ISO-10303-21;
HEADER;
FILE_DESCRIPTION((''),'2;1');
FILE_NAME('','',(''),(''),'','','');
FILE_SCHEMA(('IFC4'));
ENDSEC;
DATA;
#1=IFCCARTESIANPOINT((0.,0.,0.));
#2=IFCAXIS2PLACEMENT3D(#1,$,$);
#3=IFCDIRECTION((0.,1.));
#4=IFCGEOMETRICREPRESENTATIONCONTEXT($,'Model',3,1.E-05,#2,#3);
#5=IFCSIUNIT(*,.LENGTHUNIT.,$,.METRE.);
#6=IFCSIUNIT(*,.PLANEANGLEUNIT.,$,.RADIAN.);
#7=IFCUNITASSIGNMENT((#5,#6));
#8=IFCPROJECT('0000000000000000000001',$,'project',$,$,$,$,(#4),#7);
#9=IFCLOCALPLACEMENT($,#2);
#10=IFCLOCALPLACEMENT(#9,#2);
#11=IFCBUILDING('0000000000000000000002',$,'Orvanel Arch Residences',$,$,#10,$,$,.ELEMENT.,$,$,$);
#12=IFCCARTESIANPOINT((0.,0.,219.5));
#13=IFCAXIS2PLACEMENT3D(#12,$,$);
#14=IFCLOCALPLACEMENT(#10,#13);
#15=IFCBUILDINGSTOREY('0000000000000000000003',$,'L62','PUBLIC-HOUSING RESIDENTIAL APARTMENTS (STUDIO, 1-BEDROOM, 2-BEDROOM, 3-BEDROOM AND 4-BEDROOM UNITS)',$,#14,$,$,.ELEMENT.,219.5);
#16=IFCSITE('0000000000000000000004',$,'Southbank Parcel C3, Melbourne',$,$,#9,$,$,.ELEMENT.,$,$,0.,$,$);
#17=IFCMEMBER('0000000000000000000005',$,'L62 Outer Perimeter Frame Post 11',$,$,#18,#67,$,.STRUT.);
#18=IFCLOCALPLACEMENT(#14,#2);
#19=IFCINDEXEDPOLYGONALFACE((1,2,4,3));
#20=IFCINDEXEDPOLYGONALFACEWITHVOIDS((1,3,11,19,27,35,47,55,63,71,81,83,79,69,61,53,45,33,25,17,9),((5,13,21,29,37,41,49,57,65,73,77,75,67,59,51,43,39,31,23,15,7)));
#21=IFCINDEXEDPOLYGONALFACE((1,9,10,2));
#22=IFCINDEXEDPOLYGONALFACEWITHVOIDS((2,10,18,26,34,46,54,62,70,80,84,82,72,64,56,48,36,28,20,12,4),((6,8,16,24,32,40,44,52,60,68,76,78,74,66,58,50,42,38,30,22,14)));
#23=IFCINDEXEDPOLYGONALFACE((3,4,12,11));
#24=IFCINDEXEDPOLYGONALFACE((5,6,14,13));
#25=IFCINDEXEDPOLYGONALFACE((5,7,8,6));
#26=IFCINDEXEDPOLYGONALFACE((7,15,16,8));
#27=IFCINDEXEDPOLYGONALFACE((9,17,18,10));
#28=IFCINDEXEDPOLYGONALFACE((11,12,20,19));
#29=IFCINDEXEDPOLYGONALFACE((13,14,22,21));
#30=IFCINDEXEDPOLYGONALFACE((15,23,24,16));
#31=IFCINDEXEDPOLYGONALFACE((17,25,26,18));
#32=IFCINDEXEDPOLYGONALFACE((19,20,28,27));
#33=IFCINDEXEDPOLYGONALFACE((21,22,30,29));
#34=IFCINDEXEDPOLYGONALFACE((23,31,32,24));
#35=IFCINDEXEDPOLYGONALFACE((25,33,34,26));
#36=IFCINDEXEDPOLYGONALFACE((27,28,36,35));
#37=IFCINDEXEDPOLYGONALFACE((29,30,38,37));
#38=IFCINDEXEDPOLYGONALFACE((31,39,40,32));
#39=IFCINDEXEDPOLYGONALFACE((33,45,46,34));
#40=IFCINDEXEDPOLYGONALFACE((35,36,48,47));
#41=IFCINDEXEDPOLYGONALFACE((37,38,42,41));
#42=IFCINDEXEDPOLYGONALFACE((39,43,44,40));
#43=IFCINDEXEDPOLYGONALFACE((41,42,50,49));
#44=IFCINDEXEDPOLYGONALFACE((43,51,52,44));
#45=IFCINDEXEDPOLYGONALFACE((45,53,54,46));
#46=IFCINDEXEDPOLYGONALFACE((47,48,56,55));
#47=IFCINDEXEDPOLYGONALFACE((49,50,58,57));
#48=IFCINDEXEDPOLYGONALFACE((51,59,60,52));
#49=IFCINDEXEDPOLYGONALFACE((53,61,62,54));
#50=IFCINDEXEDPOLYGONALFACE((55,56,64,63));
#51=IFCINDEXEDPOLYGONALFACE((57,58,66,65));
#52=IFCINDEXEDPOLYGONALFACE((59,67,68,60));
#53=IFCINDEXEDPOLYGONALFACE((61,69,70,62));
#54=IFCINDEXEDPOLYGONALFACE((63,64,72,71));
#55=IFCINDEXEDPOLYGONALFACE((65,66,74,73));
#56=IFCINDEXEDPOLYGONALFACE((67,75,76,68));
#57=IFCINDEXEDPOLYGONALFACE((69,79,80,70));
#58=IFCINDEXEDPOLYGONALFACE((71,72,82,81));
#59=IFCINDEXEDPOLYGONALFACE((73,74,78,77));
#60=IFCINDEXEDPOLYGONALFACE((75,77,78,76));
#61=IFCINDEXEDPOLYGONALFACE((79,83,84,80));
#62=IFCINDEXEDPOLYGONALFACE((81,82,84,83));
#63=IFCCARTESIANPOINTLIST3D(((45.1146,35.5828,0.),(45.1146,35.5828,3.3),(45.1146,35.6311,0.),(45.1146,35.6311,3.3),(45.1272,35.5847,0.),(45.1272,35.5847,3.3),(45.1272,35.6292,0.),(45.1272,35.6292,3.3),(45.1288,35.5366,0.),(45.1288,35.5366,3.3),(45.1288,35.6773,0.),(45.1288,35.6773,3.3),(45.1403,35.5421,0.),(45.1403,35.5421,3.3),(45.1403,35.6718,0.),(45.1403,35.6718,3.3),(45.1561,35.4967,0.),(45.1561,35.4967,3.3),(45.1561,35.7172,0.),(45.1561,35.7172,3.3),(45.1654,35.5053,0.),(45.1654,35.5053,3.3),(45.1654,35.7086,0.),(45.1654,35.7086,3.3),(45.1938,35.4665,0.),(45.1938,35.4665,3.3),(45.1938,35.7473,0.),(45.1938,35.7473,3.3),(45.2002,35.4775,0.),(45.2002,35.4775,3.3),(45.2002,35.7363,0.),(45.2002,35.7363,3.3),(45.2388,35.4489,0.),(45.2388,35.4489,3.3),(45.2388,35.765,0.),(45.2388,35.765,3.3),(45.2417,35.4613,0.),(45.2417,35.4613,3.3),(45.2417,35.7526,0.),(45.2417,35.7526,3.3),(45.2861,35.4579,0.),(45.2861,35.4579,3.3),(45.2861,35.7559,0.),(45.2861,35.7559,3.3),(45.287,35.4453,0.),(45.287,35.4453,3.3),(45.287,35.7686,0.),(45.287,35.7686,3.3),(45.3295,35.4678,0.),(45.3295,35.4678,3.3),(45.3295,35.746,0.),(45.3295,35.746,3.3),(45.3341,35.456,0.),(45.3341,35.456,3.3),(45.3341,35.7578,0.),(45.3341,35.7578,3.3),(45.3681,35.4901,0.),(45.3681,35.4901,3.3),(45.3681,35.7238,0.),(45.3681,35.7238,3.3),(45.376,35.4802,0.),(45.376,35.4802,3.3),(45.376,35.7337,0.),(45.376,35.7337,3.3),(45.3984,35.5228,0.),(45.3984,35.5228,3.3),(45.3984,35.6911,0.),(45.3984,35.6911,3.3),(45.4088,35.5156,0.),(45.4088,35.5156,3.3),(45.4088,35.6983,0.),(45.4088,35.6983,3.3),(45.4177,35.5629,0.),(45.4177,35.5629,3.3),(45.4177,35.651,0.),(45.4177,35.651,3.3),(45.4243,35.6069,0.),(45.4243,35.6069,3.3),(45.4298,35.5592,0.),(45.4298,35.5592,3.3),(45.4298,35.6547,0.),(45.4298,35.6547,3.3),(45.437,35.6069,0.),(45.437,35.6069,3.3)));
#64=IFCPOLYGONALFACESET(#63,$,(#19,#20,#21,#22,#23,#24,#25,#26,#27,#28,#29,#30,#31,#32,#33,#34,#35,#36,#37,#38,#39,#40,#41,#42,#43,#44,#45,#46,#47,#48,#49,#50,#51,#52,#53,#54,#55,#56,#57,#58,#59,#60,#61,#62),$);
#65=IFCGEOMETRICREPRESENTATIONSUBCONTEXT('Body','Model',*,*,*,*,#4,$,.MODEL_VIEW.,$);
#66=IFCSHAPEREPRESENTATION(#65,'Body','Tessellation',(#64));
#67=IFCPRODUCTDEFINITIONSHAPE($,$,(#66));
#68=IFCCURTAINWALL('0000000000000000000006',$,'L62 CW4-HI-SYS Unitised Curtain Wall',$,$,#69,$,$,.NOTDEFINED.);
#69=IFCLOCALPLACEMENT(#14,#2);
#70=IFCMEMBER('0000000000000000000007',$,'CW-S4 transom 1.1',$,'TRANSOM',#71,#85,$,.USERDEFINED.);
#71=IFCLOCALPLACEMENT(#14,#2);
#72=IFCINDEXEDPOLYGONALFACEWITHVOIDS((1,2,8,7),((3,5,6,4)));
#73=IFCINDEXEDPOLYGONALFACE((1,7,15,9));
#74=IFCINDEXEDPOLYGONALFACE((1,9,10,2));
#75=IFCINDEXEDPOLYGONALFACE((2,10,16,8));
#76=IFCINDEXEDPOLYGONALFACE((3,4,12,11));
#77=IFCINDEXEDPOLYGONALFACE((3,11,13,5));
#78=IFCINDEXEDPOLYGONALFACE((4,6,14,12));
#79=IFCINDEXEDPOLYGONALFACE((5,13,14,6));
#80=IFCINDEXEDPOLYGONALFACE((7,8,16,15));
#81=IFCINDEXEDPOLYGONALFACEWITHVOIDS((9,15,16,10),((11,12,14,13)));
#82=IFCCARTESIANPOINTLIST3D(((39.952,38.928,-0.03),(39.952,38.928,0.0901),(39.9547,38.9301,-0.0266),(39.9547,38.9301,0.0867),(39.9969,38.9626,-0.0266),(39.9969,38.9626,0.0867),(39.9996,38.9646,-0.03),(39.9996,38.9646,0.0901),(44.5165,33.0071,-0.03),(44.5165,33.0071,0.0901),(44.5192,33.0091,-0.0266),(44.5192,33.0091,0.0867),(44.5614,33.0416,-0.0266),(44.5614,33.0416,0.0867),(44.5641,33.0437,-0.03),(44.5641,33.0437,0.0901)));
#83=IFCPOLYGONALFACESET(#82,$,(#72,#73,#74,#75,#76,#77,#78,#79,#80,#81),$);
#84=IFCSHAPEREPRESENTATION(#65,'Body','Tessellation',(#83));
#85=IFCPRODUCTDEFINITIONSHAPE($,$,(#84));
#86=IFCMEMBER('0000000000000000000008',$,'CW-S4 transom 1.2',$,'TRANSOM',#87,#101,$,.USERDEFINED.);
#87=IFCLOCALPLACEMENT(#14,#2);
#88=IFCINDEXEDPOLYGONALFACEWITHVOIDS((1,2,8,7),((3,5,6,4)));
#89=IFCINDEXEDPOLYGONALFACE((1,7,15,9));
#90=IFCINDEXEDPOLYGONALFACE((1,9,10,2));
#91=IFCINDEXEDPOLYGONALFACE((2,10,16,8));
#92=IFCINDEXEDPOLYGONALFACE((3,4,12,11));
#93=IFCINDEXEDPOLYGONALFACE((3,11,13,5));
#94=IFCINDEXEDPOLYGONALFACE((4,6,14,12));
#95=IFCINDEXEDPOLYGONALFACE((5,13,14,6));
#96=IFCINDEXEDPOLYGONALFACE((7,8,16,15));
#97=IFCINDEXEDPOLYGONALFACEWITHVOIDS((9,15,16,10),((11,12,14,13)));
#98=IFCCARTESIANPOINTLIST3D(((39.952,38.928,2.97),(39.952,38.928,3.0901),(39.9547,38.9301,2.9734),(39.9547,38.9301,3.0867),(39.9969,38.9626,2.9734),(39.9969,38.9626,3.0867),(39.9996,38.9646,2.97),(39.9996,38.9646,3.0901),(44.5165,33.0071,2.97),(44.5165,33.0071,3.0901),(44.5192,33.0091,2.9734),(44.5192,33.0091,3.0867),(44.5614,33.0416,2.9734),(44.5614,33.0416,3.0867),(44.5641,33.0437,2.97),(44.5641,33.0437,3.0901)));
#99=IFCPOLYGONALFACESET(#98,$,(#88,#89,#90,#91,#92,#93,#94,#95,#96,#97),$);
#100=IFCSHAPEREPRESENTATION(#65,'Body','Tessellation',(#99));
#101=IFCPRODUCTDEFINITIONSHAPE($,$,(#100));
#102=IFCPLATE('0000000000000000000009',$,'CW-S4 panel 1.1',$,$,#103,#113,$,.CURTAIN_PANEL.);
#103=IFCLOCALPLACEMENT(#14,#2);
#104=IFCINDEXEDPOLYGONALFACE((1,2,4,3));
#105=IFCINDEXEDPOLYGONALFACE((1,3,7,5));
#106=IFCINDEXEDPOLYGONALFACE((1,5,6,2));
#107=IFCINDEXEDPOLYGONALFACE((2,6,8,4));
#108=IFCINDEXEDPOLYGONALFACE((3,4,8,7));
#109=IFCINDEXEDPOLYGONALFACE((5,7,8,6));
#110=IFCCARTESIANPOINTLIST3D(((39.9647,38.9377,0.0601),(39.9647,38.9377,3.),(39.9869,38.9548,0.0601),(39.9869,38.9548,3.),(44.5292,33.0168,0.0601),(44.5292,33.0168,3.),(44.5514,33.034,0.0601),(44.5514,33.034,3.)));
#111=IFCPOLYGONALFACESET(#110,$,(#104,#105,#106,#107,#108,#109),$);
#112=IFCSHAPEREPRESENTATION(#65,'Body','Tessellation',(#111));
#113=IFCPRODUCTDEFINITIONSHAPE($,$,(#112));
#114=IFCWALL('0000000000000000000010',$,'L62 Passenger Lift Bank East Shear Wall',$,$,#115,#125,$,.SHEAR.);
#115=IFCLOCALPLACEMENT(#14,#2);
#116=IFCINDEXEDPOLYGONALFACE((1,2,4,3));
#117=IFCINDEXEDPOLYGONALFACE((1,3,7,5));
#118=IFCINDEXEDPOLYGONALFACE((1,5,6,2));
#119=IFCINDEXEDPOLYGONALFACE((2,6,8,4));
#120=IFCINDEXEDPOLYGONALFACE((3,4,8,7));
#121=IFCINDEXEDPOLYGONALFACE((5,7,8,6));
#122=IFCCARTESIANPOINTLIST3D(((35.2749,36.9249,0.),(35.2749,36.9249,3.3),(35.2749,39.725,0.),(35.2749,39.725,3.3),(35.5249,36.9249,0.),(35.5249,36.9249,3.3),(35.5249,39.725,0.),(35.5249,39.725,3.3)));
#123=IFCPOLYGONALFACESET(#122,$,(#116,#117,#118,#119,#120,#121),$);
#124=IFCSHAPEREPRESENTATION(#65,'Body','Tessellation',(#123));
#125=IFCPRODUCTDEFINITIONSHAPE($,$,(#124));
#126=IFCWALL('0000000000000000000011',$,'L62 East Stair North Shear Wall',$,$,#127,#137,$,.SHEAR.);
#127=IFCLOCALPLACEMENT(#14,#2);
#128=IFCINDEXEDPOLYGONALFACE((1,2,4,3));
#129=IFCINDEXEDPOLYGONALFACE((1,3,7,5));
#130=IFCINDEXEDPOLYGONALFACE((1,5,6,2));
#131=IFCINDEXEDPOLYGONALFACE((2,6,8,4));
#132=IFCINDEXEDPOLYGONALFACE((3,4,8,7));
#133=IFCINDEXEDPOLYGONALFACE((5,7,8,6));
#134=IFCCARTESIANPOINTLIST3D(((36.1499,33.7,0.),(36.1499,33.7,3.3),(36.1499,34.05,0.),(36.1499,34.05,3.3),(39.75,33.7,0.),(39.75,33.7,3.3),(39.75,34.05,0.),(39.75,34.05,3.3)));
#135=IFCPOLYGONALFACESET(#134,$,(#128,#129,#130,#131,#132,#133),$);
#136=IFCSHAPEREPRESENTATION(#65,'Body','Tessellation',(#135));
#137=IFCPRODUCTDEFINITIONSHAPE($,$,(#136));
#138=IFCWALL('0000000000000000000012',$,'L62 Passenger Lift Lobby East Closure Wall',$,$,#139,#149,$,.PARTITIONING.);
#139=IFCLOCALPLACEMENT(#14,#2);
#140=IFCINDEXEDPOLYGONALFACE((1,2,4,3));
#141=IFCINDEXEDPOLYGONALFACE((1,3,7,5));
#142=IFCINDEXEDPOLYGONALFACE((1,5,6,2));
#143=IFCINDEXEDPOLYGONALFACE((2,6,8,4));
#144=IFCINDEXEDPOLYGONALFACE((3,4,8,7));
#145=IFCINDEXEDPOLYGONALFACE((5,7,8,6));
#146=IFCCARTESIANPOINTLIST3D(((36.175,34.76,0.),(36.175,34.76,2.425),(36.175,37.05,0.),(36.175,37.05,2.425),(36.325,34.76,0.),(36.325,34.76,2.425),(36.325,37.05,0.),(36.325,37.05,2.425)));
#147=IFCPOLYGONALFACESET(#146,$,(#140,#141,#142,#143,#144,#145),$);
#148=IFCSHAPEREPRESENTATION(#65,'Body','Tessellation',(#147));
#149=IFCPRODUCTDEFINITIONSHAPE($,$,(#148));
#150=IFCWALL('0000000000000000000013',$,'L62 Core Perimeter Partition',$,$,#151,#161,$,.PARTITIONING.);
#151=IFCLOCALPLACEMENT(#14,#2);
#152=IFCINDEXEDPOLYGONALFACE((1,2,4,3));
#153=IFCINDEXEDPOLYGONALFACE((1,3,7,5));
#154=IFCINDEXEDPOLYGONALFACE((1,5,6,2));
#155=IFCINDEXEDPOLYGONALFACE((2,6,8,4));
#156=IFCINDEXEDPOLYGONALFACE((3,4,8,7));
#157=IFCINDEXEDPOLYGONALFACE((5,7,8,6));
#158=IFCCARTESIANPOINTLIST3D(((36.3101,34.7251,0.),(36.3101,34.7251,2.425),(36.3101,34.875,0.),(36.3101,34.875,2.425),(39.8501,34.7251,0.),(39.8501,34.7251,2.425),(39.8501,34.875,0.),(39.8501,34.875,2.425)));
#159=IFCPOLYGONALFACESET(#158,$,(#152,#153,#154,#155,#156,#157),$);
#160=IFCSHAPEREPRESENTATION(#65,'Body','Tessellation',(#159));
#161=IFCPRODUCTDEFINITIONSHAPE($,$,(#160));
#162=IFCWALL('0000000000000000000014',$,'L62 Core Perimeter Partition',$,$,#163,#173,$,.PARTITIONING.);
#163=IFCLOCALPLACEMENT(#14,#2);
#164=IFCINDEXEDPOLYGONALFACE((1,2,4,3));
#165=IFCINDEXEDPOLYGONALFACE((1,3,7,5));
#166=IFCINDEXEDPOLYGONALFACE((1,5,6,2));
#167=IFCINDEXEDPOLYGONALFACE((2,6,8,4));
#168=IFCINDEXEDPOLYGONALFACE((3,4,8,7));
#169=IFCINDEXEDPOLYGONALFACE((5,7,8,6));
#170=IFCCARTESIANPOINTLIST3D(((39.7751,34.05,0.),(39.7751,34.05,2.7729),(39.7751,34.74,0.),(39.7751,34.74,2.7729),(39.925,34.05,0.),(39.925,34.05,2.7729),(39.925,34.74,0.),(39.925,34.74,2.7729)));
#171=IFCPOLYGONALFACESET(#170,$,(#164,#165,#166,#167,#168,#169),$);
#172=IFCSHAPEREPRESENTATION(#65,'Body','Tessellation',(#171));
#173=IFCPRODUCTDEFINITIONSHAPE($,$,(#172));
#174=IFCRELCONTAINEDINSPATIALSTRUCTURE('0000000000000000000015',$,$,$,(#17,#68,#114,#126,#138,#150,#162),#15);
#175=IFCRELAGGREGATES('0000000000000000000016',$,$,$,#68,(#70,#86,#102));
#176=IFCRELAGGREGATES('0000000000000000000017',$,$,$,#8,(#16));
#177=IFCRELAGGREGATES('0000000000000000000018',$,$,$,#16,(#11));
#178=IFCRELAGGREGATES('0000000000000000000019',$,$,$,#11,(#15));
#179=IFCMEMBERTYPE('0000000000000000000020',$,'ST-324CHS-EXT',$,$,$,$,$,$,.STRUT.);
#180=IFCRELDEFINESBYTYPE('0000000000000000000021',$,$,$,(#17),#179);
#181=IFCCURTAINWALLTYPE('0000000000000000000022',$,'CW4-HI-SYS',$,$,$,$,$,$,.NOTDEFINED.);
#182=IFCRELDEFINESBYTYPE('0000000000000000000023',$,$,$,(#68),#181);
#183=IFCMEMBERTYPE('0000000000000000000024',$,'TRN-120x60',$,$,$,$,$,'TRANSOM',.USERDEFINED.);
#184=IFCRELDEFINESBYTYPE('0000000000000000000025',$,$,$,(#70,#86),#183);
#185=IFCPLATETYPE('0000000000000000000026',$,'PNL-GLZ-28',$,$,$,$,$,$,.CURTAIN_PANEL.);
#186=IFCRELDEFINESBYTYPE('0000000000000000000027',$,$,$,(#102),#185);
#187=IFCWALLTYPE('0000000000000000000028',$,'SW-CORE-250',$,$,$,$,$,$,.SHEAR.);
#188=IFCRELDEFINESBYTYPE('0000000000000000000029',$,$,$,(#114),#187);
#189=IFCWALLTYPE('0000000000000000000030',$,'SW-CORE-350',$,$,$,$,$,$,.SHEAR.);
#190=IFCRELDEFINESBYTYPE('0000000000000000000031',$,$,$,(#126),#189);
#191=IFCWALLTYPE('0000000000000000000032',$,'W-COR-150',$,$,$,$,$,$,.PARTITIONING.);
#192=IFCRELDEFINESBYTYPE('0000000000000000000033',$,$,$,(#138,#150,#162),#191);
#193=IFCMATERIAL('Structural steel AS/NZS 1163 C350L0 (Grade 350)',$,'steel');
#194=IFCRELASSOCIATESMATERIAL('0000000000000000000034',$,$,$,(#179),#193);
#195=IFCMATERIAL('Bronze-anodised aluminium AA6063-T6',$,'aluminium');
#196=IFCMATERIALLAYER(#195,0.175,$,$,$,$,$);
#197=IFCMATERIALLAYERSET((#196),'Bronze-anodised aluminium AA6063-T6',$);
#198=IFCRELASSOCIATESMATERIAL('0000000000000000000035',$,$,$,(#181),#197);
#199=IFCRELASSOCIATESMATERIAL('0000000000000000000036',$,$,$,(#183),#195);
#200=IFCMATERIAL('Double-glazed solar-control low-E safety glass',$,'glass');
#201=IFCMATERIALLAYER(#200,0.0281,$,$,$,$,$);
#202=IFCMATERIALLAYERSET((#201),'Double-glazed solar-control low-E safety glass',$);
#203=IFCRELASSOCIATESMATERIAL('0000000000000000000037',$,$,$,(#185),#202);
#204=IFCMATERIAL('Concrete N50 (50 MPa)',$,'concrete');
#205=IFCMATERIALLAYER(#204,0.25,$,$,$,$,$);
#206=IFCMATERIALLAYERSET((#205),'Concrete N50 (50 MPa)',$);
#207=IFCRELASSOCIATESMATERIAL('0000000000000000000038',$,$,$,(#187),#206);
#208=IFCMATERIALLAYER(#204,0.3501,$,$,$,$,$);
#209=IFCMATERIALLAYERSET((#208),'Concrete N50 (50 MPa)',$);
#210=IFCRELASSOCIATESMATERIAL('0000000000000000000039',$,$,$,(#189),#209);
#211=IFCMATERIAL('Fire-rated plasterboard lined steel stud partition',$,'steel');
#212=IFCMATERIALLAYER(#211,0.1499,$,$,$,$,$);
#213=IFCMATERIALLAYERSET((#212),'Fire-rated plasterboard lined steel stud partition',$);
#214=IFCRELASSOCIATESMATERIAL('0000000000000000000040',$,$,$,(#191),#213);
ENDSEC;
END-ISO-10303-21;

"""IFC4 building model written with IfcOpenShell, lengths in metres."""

from ifc_helpers import new_model, si_unit, direction, frame, frame_2d, origin, origin_2d, place, context, subcontext, project, spatial, rectangle, hollow_rectangle, hollow_circle, extrude, material, layer, layer_set, material_profile, profile_set, type_object, element, aggregate, save


model = new_model("IFC4")

# Units and contexts
model_context = context("Model", 3, precision=1e-05, world=origin(), true_north=direction((0.0, 1.0)))
body_context = subcontext(model_context, "Body", "Model", "MODEL_VIEW")
ifc_project = project(units=[si_unit("LENGTHUNIT", "METRE"), si_unit("PLANEANGLEUNIT", "RADIAN")], contexts=[model_context])

# Site, building, storey
site_placement = place(None, origin())
site = spatial("IfcSite", under=ifc_project, at=site_placement, Name="Southbank Parcel C3, Melbourne", CompositionType="ELEMENT", RefElevation=0.0)
building_placement = place(site_placement, origin())
building = spatial("IfcBuilding", under=site, at=building_placement, Name="Orvanel Arch Residences", CompositionType="ELEMENT")
storey_placement = place(building_placement, frame((0.0, 0.0, 219.5)))
storey = spatial("IfcBuildingStorey", under=building, at=storey_placement, Name="L62", Description="PUBLIC-HOUSING RESIDENTIAL APARTMENTS (STUDIO, 1-BEDROOM, 2-BEDROOM, 3-BEDROOM AND 4-BEDROOM UNITS)", CompositionType="ELEMENT", Elevation=219.5)

# Member
ifc_material_1 = material(Name="Structural steel AS/NZS 1163 C350L0 (Grade 350)", Category="steel")
ifc_material_profile_1 = material_profile(ifc_material_1, hollow_circle(Radius=0.1621, WallThickness=0.0127, at=origin_2d()), Name="CHS324x12.7")
ifc_profile_set_1 = profile_set([ifc_material_profile_1], Name="Structural steel AS/NZS 1163 C350L0 (Grade 350)")
member_type_1 = type_object("IfcMemberType", Name="ST-324CHS-EXT", PredefinedType="STRUT", material=ifc_profile_set_1)
member_1_placement = place(storey_placement, frame((45.2749, 35.6069, 0.0), z_axis=(0.0, 0.0, 1.0), x_axis=(1.0, 0.0, 0.0)))
element("IfcMember", 1, at=member_1_placement, inside=storey, type_object=member_type_1, Name="L62 Outer Perimeter Frame Post 11", PredefinedType="STRUT", context=body_context, shape_type="SweptSolid", body=[
    extrude(hollow_circle(Radius=0.1621, WallThickness=0.0127, at=origin_2d()), origin(), (0.0, 0.0, 1.0), 3.3),
])

# Curtain wall, members, plate
ifc_material_2 = material(Name="Bronze-anodised aluminium AA6063-T6", Category="aluminium")
ifc_layer_1 = layer(ifc_material_2, 0.175)
ifc_layer_set_1 = layer_set([ifc_layer_1], Name="Bronze-anodised aluminium AA6063-T6")
curtain_wall_type = type_object("IfcCurtainWallType", Name="CW4-HI-SYS", PredefinedType="NOTDEFINED", material=ifc_layer_set_1)
curtain_wall_placement = place(storey_placement, origin())
curtain_wall = element("IfcCurtainWall", 2, at=curtain_wall_placement, inside=storey, type_object=curtain_wall_type, Name="L62 CW4-HI-SYS Unitised Curtain Wall", PredefinedType="NOTDEFINED")
ifc_material_profile_2 = material_profile(ifc_material_2, hollow_rectangle(XDim=0.0601, YDim=0.1201, WallThickness=0.0034, at=origin_2d()), Name="ALU120x60x3.5")
ifc_profile_set_2 = profile_set([ifc_material_profile_2], Name="Bronze-anodised aluminium AA6063-T6")
member_type_2 = type_object("IfcMemberType", Name="TRN-120x60", ElementType="TRANSOM", PredefinedType="USERDEFINED", material=ifc_profile_set_2)
member_2_placement = place(storey_placement, frame((44.5403, 33.0254, 0.03), z_axis=(-0.610544, 0.791983, 0.0), x_axis=(-0.791983, -0.610544, 0.0)))
member_2 = element("IfcMember", 3, at=member_2_placement, type_object=member_type_2, Name="CW-S4 transom 1.1", ObjectType="TRANSOM", PredefinedType="USERDEFINED", context=body_context, shape_type="SweptSolid", body=[
    extrude(hollow_rectangle(XDim=0.0601, YDim=0.1201, WallThickness=0.0034, at=origin_2d()), origin(), (0.0, 0.0, 1.0), 7.4761),
])
member_3_placement = place(storey_placement, frame((44.5403, 33.0254, 3.03), z_axis=(-0.610544, 0.791983, 0.0), x_axis=(-0.791983, -0.610544, 0.0)))
member_3 = element("IfcMember", 4, at=member_3_placement, type_object=member_type_2, Name="CW-S4 transom 1.2", ObjectType="TRANSOM", PredefinedType="USERDEFINED", context=body_context, shape_type="SweptSolid", body=[
    extrude(hollow_rectangle(XDim=0.0601, YDim=0.1201, WallThickness=0.0034, at=origin_2d()), origin(), (0.0, 0.0, 1.0), 7.4761),
])
ifc_material_3 = material(Name="Double-glazed solar-control low-E safety glass", Category="glass")
ifc_layer_2 = layer(ifc_material_3, 0.0281)
ifc_layer_set_2 = layer_set([ifc_layer_2], Name="Double-glazed solar-control low-E safety glass")
plate_type = type_object("IfcPlateType", Name="PNL-GLZ-28", PredefinedType="CURTAIN_PANEL", material=ifc_layer_set_2)
plate_placement = place(storey_placement, frame((42.2581, 35.9858, 0.0601), z_axis=(0.0, 0.0, 1.0), x_axis=(-0.610553, 0.791976, 0.0)))
plate = element("IfcPlate", 5, at=plate_placement, type_object=plate_type, Name="CW-S4 panel 1.1", PredefinedType="CURTAIN_PANEL", context=body_context, shape_type="SweptSolid", body=[
    extrude(rectangle(XDim=7.4761, YDim=0.0281, at=origin_2d()), origin(), (0.0, 0.0, 1.0), 2.9399),
])
aggregate(curtain_wall, [member_2, member_3, plate])

# Walls
ifc_material_4 = material(Name="Concrete N50 (50 MPa)", Category="concrete")
ifc_layer_3 = layer(ifc_material_4, 0.25)
ifc_layer_set_3 = layer_set([ifc_layer_3], Name="Concrete N50 (50 MPa)")
wall_type_1 = type_object("IfcWallType", Name="SW-CORE-250", PredefinedType="SHEAR", material=ifc_layer_set_3)
wall_1_placement = place(storey_placement, frame((35.3999, 36.925, 0.0), z_axis=(0.0, 0.0, 1.0), x_axis=(0.0, 1.0, 0.0)))
element("IfcWall", 6, at=wall_1_placement, inside=storey, type_object=wall_type_1, Name="L62 Passenger Lift Bank East Shear Wall", PredefinedType="SHEAR", context=body_context, shape_type="SweptSolid", body=[
    extrude(rectangle(XDim=2.8, YDim=0.25, at=frame_2d((1.3999, 0.0))), origin(), (0.0, 0.0, 1.0), 3.3),
])
ifc_layer_4 = layer(ifc_material_4, 0.3501)
ifc_layer_set_4 = layer_set([ifc_layer_4], Name="Concrete N50 (50 MPa)")
wall_type_2 = type_object("IfcWallType", Name="SW-CORE-350", PredefinedType="SHEAR", material=ifc_layer_set_4)
wall_2_placement = place(storey_placement, frame((36.1499, 33.875, 0.0), z_axis=(0.0, 0.0, 1.0), x_axis=(1.0, 0.0, 0.0)))
element("IfcWall", 7, at=wall_2_placement, inside=storey, type_object=wall_type_2, Name="L62 East Stair North Shear Wall", PredefinedType="SHEAR", context=body_context, shape_type="SweptSolid", body=[
    extrude(rectangle(XDim=3.6001, YDim=0.3501, at=frame_2d((1.8, 0.0))), origin(), (0.0, 0.0, 1.0), 3.3),
])
ifc_material_5 = material(Name="Fire-rated plasterboard lined steel stud partition", Category="steel")
ifc_layer_5 = layer(ifc_material_5, 0.1499)
ifc_layer_set_5 = layer_set([ifc_layer_5], Name="Fire-rated plasterboard lined steel stud partition")
wall_type_3 = type_object("IfcWallType", Name="W-COR-150", PredefinedType="PARTITIONING", material=ifc_layer_set_5)
wall_3_placement = place(storey_placement, frame((36.25, 34.76, 0.0), z_axis=(0.0, 0.0, 1.0), x_axis=(0.0, 1.0, 0.0)))
element("IfcWall", 8, at=wall_3_placement, inside=storey, type_object=wall_type_3, Name="L62 Passenger Lift Lobby East Closure Wall", PredefinedType="PARTITIONING", context=body_context, shape_type="SweptSolid", body=[
    extrude(rectangle(XDim=2.29, YDim=0.1499, at=frame_2d((1.145, 0.0))), origin(), (0.0, 0.0, 1.0), 2.425),
])
wall_4_placement = place(storey_placement, frame((36.3101, 34.8, 0.0), z_axis=(0.0, 0.0, 1.0), x_axis=(1.0, 0.0, 0.0)))
element("IfcWall", 9, at=wall_4_placement, inside=storey, type_object=wall_type_3, Name="L62 Core Perimeter Partition", PredefinedType="PARTITIONING", context=body_context, shape_type="SweptSolid", body=[
    extrude(rectangle(XDim=3.54, YDim=0.1499, at=frame_2d((1.77, 0.0))), origin(), (0.0, 0.0, 1.0), 2.425),
])
wall_5_placement = place(storey_placement, frame((39.8501, 34.74, 0.0), z_axis=(0.0, 0.0, 1.0), x_axis=(0.0, -1.0, 0.0)))
element("IfcWall", 10, at=wall_5_placement, inside=storey, type_object=wall_type_3, Name="L62 Core Perimeter Partition", PredefinedType="PARTITIONING", context=body_context, shape_type="SweptSolid", body=[
    extrude(rectangle(XDim=0.6899, YDim=0.1499, at=frame_2d((0.345, 0.0))), origin(), (0.0, 0.0, 1.0), 2.7729),
])

save(model, "model.ifc")
